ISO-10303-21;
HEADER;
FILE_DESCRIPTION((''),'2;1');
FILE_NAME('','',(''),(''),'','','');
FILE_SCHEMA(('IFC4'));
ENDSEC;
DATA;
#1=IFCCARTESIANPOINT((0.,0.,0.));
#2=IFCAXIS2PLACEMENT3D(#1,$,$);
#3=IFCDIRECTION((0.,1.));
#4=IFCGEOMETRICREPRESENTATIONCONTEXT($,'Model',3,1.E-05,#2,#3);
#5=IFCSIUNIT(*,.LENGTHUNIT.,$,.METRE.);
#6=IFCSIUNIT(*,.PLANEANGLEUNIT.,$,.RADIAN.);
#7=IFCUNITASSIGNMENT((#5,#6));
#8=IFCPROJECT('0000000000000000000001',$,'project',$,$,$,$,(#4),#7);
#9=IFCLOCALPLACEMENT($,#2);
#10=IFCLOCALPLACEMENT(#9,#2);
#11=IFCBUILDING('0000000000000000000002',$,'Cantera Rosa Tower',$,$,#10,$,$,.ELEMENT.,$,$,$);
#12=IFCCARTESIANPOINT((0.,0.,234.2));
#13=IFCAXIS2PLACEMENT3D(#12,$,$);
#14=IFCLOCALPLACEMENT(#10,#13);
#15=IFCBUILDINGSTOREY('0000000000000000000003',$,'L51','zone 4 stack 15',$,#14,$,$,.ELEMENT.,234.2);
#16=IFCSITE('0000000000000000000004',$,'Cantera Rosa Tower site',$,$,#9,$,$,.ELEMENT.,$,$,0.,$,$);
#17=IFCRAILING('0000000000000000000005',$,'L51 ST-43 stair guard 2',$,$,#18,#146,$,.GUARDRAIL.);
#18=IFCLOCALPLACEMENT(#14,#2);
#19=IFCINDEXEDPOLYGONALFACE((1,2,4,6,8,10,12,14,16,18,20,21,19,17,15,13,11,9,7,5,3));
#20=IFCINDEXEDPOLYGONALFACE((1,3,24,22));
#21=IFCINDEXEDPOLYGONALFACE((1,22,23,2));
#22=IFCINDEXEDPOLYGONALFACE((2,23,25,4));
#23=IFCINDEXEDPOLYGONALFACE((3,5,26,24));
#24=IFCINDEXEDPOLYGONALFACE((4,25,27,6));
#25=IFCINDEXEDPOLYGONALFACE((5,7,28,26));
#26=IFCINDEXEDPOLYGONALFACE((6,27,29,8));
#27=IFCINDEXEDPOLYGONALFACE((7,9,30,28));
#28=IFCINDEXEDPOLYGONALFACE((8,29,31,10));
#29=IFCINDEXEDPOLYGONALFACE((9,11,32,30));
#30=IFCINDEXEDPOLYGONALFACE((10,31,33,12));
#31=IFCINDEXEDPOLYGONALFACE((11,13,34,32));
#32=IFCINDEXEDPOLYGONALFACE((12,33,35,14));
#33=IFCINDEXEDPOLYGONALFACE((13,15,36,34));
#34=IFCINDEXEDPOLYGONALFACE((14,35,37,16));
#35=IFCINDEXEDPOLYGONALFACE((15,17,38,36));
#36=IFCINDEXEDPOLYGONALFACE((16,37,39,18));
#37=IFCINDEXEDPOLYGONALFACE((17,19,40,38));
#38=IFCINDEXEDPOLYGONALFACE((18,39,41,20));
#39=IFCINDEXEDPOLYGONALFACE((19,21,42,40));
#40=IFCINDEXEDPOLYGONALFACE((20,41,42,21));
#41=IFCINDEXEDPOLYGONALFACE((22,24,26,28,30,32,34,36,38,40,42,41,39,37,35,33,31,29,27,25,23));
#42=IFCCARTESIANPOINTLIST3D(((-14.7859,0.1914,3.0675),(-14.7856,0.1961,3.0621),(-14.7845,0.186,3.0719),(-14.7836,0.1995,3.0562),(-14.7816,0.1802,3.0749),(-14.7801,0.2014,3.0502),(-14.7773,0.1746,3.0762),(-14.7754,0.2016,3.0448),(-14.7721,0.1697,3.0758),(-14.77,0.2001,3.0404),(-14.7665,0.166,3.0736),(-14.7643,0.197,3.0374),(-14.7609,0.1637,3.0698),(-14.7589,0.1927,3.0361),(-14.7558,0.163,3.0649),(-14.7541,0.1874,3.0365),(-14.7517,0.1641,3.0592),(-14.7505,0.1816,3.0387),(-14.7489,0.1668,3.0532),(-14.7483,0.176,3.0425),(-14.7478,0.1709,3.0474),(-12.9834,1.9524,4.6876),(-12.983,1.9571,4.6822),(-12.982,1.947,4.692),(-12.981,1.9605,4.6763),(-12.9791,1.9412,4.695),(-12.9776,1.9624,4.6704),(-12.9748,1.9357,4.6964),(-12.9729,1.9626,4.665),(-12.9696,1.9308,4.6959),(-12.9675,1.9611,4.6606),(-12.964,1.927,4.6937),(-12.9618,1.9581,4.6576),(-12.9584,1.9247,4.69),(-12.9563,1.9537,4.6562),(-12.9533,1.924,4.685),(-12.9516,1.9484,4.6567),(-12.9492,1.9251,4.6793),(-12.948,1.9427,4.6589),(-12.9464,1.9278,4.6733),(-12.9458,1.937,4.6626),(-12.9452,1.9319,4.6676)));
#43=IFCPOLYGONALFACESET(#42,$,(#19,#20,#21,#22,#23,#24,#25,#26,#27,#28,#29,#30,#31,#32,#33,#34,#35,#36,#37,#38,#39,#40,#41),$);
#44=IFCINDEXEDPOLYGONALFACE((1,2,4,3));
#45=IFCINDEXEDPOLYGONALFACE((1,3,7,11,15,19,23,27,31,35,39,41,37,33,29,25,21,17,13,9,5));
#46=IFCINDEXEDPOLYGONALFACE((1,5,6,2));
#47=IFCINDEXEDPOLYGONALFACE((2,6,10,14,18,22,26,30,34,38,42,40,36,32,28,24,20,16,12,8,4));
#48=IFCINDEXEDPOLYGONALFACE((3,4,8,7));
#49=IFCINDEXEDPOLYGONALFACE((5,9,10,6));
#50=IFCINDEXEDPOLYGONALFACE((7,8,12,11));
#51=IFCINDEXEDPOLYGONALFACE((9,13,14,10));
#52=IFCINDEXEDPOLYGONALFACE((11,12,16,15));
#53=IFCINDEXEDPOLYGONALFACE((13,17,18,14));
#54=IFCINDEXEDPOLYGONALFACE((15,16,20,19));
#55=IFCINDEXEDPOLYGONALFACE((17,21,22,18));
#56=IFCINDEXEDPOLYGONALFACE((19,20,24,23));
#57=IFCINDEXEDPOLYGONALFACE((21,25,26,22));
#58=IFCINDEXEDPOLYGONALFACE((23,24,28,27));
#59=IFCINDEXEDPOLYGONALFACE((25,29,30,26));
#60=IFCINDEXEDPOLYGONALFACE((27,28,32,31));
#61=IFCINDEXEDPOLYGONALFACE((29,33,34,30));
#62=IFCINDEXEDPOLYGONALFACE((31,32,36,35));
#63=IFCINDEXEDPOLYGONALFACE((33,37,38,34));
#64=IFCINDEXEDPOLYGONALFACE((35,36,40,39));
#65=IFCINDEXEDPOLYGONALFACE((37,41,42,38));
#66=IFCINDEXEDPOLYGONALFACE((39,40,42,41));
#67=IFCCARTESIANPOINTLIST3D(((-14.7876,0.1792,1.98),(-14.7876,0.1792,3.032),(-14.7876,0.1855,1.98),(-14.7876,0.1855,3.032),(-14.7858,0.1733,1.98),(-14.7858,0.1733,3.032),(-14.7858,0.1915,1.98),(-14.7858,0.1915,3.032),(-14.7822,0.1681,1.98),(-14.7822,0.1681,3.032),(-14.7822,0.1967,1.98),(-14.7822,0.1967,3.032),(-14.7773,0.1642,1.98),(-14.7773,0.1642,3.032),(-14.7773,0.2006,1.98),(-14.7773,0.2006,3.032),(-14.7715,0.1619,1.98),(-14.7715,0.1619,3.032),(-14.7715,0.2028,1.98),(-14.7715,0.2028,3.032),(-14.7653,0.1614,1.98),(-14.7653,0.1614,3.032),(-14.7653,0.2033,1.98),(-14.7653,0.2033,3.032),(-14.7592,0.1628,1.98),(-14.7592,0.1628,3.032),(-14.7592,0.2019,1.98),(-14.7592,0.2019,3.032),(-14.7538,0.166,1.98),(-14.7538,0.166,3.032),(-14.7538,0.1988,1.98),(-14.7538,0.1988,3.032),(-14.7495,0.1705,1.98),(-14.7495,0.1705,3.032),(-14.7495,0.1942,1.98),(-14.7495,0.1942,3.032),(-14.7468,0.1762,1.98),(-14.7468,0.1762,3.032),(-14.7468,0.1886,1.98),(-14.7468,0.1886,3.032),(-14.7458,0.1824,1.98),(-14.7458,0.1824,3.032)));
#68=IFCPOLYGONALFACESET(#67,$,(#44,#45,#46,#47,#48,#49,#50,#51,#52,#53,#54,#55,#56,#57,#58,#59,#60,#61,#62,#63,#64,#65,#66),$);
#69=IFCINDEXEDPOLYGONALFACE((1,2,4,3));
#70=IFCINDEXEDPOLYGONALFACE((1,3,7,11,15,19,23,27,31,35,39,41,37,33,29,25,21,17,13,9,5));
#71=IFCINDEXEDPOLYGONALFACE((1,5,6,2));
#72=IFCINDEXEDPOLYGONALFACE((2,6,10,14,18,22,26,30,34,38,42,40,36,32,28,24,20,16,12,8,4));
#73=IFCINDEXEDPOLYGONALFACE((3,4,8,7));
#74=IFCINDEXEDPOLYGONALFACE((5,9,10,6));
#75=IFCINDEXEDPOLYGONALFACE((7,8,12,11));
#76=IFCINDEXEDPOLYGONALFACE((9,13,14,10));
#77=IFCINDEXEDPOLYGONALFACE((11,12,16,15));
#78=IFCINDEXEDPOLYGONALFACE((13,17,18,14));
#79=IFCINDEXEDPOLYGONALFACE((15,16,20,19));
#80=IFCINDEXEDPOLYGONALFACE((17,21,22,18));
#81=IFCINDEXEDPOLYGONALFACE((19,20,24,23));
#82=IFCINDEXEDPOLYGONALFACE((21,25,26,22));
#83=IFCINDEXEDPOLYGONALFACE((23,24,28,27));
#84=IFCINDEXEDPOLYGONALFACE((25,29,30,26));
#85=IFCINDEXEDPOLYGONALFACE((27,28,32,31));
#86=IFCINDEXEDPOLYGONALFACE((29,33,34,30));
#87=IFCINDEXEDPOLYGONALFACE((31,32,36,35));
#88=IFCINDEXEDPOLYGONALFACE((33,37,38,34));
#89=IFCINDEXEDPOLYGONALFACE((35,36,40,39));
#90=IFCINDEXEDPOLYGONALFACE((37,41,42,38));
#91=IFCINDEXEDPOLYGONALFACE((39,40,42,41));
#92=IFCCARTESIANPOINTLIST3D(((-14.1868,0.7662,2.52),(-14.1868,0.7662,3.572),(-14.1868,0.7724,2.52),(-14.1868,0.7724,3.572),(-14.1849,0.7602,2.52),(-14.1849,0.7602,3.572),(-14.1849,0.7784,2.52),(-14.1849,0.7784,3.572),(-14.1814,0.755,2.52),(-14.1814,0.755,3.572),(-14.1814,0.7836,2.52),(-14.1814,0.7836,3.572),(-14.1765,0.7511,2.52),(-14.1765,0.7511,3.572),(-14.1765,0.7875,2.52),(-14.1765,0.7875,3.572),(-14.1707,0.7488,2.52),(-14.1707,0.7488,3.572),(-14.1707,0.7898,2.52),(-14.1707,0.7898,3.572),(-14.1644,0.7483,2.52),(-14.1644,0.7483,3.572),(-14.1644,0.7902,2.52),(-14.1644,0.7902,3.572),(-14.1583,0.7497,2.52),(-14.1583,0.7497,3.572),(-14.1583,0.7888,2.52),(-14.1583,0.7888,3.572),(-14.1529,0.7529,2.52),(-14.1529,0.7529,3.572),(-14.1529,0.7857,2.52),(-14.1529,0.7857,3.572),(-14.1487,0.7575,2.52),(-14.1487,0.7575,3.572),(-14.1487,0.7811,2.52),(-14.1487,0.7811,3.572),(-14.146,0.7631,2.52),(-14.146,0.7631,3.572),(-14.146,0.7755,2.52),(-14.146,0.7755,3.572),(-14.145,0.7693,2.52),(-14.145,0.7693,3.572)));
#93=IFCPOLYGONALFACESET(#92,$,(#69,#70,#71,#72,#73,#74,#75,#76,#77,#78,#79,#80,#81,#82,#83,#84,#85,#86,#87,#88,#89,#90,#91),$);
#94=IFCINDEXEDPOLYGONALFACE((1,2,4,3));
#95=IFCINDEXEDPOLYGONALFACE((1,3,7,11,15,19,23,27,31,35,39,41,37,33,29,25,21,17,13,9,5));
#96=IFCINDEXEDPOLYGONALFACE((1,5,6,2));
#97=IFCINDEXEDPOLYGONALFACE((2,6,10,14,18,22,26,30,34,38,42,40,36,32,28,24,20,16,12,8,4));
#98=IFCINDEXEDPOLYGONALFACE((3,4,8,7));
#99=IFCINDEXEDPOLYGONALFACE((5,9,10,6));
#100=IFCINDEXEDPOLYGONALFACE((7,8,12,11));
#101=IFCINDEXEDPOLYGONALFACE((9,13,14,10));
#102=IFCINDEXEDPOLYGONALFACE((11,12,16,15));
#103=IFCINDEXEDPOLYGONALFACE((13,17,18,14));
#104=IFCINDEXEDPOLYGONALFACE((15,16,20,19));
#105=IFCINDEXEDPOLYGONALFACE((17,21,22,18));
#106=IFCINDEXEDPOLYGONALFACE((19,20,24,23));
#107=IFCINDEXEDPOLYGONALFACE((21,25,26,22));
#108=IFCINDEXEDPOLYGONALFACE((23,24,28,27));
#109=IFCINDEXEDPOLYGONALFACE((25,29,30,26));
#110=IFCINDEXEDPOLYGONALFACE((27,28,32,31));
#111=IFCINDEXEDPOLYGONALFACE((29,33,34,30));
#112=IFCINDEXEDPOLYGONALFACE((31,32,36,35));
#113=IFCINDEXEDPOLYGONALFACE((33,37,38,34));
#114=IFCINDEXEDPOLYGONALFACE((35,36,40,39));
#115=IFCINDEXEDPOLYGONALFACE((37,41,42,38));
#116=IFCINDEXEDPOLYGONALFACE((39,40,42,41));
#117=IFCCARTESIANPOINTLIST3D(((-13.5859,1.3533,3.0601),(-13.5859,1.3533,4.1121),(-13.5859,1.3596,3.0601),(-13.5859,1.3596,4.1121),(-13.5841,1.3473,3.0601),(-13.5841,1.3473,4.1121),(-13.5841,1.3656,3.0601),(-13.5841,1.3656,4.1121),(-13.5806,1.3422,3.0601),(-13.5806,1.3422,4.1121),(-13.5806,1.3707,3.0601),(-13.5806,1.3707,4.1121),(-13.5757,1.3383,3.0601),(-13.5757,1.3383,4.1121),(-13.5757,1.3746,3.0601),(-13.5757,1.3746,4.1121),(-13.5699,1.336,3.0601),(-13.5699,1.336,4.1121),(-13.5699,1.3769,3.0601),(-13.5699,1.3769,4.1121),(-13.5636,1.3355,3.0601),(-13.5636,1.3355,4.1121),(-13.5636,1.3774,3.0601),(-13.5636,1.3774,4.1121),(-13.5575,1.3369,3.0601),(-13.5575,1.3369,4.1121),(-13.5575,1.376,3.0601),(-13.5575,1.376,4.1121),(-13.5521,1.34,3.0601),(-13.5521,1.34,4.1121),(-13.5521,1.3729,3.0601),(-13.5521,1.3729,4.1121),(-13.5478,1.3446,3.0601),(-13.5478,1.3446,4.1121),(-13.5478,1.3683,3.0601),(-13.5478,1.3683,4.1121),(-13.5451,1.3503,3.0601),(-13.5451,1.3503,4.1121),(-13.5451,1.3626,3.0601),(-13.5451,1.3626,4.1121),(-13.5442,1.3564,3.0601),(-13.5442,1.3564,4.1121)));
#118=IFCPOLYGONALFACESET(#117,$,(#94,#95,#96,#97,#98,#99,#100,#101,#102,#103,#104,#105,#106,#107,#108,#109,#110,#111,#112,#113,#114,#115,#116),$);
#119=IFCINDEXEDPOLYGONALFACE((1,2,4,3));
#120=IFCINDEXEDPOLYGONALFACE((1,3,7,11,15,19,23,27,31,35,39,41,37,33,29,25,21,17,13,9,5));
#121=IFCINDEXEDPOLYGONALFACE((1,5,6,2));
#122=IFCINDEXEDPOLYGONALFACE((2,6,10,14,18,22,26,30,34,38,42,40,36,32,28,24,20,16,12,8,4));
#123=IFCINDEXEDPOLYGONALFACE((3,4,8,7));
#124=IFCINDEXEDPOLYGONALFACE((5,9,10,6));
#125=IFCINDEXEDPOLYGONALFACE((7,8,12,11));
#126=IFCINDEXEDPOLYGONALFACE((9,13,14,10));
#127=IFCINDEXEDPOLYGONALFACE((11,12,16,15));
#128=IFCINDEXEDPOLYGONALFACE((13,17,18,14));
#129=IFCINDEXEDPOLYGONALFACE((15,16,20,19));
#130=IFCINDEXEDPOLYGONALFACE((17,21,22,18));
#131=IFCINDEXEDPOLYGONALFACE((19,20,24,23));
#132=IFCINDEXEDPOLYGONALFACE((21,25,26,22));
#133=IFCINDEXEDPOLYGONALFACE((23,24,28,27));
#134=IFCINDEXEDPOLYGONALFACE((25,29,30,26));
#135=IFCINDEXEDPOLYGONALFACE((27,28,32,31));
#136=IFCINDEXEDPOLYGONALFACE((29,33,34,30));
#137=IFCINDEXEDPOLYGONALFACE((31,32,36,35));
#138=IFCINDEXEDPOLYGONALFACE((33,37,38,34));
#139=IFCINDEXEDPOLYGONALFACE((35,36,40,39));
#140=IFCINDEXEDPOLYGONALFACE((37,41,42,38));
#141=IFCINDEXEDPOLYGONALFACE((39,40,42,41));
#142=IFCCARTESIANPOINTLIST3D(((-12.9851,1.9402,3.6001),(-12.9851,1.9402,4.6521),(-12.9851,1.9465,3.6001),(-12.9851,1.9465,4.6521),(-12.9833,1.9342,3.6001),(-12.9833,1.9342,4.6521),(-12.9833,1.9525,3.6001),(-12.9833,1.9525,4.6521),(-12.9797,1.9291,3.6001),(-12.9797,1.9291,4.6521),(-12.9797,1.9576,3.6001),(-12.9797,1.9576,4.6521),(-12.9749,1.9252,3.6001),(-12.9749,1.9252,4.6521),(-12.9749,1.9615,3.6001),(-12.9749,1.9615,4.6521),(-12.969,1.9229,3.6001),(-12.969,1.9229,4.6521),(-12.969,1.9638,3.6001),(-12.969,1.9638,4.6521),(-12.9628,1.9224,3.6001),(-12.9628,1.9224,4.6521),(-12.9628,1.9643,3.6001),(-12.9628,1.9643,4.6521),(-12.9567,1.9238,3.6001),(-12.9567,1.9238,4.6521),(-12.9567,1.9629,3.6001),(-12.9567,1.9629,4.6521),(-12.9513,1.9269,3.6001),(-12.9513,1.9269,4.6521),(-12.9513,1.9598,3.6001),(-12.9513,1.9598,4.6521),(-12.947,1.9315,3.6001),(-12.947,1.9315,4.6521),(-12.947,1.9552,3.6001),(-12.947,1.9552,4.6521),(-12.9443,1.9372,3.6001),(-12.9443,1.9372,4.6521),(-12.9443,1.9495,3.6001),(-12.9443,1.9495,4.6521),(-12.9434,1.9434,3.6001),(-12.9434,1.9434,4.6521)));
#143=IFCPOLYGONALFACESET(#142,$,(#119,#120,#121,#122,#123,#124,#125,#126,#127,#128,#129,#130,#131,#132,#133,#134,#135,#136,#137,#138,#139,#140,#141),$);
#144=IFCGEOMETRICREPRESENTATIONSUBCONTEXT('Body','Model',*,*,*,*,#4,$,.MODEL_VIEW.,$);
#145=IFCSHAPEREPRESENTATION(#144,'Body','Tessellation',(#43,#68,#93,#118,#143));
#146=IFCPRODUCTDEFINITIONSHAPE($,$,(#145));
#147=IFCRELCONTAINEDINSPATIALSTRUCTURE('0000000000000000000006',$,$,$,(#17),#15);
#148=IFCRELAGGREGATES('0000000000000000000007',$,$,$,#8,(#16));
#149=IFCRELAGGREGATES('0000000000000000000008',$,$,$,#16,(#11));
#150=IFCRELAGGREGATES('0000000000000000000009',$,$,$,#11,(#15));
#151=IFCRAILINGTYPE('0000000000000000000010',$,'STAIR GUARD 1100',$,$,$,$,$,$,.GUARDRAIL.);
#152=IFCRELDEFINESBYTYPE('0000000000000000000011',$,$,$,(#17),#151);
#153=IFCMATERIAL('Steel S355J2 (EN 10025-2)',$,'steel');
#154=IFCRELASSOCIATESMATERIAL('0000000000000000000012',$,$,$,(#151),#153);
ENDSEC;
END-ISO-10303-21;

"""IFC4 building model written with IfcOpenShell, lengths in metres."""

from ifc_helpers import new_model, si_unit, direction, frame, origin, origin_2d, place, context, subcontext, project, spatial, circle, extrude, material, type_object, element, save


model = new_model("IFC4")

# Units and contexts
model_context = context("Model", 3, precision=1e-05, world=origin(), true_north=direction((0.0, 1.0)))
body_context = subcontext(model_context, "Body", "Model", "MODEL_VIEW")
ifc_project = project(units=[si_unit("LENGTHUNIT", "METRE"), si_unit("PLANEANGLEUNIT", "RADIAN")], contexts=[model_context])

# Site, building, storey
site_placement = place(None, origin())
site = spatial("IfcSite", under=ifc_project, at=site_placement, Name="Cantera Rosa Tower site", CompositionType="ELEMENT", RefElevation=0.0)
building_placement = place(site_placement, origin())
building = spatial("IfcBuilding", under=site, at=building_placement, Name="Cantera Rosa Tower", CompositionType="ELEMENT")
storey_placement = place(building_placement, frame((0.0, 0.0, 234.2)))
storey = spatial("IfcBuildingStorey", under=building, at=storey_placement, Name="L51", Description="zone 4 stack 15", CompositionType="ELEMENT", Elevation=234.2)

# Railing
ifc_material_1 = material(Name="Steel S355J2 (EN 10025-2)", Category="steel")
railing_type_1 = type_object("IfcRailingType", Name="STAIR GUARD 1100", PredefinedType="GUARDRAIL", material=ifc_material_1)
railing_1_placement = place(storey_placement, frame((-14.7668, 0.1824, 1.98)))
element("IfcRailing", 1, at=railing_1_placement, inside=storey, type_object=railing_type_1, Name="L51 ST-43 stair guard 2", PredefinedType="GUARDRAIL", context=body_context, shape_type="SweptSolid", body=[
    extrude(circle(Radius=0.0239, at=origin_2d()), frame((0.0, 0.0, 1.0762), z_axis=(0.601672, 0.587818, 0.540796), x_axis=(-0.698824, 0.715294, 0.0)), (0.0, 0.0, 1.0), 2.9958),
    extrude(circle(Radius=0.021, at=origin_2d()), origin(), (0.0, 0.0, 1.0), 1.052),
    extrude(circle(Radius=0.021, at=origin_2d()), frame((0.6008, 0.5869, 0.54)), (0.0, 0.0, 1.0), 1.052),
    extrude(circle(Radius=0.021, at=origin_2d()), frame((1.2017, 1.1741, 1.0801)), (0.0, 0.0, 1.0), 1.052),
    extrude(circle(Radius=0.021, at=origin_2d()), frame((1.8025, 1.761, 1.6201)), (0.0, 0.0, 1.0), 1.052),
])

save(model, "model.ifc")
